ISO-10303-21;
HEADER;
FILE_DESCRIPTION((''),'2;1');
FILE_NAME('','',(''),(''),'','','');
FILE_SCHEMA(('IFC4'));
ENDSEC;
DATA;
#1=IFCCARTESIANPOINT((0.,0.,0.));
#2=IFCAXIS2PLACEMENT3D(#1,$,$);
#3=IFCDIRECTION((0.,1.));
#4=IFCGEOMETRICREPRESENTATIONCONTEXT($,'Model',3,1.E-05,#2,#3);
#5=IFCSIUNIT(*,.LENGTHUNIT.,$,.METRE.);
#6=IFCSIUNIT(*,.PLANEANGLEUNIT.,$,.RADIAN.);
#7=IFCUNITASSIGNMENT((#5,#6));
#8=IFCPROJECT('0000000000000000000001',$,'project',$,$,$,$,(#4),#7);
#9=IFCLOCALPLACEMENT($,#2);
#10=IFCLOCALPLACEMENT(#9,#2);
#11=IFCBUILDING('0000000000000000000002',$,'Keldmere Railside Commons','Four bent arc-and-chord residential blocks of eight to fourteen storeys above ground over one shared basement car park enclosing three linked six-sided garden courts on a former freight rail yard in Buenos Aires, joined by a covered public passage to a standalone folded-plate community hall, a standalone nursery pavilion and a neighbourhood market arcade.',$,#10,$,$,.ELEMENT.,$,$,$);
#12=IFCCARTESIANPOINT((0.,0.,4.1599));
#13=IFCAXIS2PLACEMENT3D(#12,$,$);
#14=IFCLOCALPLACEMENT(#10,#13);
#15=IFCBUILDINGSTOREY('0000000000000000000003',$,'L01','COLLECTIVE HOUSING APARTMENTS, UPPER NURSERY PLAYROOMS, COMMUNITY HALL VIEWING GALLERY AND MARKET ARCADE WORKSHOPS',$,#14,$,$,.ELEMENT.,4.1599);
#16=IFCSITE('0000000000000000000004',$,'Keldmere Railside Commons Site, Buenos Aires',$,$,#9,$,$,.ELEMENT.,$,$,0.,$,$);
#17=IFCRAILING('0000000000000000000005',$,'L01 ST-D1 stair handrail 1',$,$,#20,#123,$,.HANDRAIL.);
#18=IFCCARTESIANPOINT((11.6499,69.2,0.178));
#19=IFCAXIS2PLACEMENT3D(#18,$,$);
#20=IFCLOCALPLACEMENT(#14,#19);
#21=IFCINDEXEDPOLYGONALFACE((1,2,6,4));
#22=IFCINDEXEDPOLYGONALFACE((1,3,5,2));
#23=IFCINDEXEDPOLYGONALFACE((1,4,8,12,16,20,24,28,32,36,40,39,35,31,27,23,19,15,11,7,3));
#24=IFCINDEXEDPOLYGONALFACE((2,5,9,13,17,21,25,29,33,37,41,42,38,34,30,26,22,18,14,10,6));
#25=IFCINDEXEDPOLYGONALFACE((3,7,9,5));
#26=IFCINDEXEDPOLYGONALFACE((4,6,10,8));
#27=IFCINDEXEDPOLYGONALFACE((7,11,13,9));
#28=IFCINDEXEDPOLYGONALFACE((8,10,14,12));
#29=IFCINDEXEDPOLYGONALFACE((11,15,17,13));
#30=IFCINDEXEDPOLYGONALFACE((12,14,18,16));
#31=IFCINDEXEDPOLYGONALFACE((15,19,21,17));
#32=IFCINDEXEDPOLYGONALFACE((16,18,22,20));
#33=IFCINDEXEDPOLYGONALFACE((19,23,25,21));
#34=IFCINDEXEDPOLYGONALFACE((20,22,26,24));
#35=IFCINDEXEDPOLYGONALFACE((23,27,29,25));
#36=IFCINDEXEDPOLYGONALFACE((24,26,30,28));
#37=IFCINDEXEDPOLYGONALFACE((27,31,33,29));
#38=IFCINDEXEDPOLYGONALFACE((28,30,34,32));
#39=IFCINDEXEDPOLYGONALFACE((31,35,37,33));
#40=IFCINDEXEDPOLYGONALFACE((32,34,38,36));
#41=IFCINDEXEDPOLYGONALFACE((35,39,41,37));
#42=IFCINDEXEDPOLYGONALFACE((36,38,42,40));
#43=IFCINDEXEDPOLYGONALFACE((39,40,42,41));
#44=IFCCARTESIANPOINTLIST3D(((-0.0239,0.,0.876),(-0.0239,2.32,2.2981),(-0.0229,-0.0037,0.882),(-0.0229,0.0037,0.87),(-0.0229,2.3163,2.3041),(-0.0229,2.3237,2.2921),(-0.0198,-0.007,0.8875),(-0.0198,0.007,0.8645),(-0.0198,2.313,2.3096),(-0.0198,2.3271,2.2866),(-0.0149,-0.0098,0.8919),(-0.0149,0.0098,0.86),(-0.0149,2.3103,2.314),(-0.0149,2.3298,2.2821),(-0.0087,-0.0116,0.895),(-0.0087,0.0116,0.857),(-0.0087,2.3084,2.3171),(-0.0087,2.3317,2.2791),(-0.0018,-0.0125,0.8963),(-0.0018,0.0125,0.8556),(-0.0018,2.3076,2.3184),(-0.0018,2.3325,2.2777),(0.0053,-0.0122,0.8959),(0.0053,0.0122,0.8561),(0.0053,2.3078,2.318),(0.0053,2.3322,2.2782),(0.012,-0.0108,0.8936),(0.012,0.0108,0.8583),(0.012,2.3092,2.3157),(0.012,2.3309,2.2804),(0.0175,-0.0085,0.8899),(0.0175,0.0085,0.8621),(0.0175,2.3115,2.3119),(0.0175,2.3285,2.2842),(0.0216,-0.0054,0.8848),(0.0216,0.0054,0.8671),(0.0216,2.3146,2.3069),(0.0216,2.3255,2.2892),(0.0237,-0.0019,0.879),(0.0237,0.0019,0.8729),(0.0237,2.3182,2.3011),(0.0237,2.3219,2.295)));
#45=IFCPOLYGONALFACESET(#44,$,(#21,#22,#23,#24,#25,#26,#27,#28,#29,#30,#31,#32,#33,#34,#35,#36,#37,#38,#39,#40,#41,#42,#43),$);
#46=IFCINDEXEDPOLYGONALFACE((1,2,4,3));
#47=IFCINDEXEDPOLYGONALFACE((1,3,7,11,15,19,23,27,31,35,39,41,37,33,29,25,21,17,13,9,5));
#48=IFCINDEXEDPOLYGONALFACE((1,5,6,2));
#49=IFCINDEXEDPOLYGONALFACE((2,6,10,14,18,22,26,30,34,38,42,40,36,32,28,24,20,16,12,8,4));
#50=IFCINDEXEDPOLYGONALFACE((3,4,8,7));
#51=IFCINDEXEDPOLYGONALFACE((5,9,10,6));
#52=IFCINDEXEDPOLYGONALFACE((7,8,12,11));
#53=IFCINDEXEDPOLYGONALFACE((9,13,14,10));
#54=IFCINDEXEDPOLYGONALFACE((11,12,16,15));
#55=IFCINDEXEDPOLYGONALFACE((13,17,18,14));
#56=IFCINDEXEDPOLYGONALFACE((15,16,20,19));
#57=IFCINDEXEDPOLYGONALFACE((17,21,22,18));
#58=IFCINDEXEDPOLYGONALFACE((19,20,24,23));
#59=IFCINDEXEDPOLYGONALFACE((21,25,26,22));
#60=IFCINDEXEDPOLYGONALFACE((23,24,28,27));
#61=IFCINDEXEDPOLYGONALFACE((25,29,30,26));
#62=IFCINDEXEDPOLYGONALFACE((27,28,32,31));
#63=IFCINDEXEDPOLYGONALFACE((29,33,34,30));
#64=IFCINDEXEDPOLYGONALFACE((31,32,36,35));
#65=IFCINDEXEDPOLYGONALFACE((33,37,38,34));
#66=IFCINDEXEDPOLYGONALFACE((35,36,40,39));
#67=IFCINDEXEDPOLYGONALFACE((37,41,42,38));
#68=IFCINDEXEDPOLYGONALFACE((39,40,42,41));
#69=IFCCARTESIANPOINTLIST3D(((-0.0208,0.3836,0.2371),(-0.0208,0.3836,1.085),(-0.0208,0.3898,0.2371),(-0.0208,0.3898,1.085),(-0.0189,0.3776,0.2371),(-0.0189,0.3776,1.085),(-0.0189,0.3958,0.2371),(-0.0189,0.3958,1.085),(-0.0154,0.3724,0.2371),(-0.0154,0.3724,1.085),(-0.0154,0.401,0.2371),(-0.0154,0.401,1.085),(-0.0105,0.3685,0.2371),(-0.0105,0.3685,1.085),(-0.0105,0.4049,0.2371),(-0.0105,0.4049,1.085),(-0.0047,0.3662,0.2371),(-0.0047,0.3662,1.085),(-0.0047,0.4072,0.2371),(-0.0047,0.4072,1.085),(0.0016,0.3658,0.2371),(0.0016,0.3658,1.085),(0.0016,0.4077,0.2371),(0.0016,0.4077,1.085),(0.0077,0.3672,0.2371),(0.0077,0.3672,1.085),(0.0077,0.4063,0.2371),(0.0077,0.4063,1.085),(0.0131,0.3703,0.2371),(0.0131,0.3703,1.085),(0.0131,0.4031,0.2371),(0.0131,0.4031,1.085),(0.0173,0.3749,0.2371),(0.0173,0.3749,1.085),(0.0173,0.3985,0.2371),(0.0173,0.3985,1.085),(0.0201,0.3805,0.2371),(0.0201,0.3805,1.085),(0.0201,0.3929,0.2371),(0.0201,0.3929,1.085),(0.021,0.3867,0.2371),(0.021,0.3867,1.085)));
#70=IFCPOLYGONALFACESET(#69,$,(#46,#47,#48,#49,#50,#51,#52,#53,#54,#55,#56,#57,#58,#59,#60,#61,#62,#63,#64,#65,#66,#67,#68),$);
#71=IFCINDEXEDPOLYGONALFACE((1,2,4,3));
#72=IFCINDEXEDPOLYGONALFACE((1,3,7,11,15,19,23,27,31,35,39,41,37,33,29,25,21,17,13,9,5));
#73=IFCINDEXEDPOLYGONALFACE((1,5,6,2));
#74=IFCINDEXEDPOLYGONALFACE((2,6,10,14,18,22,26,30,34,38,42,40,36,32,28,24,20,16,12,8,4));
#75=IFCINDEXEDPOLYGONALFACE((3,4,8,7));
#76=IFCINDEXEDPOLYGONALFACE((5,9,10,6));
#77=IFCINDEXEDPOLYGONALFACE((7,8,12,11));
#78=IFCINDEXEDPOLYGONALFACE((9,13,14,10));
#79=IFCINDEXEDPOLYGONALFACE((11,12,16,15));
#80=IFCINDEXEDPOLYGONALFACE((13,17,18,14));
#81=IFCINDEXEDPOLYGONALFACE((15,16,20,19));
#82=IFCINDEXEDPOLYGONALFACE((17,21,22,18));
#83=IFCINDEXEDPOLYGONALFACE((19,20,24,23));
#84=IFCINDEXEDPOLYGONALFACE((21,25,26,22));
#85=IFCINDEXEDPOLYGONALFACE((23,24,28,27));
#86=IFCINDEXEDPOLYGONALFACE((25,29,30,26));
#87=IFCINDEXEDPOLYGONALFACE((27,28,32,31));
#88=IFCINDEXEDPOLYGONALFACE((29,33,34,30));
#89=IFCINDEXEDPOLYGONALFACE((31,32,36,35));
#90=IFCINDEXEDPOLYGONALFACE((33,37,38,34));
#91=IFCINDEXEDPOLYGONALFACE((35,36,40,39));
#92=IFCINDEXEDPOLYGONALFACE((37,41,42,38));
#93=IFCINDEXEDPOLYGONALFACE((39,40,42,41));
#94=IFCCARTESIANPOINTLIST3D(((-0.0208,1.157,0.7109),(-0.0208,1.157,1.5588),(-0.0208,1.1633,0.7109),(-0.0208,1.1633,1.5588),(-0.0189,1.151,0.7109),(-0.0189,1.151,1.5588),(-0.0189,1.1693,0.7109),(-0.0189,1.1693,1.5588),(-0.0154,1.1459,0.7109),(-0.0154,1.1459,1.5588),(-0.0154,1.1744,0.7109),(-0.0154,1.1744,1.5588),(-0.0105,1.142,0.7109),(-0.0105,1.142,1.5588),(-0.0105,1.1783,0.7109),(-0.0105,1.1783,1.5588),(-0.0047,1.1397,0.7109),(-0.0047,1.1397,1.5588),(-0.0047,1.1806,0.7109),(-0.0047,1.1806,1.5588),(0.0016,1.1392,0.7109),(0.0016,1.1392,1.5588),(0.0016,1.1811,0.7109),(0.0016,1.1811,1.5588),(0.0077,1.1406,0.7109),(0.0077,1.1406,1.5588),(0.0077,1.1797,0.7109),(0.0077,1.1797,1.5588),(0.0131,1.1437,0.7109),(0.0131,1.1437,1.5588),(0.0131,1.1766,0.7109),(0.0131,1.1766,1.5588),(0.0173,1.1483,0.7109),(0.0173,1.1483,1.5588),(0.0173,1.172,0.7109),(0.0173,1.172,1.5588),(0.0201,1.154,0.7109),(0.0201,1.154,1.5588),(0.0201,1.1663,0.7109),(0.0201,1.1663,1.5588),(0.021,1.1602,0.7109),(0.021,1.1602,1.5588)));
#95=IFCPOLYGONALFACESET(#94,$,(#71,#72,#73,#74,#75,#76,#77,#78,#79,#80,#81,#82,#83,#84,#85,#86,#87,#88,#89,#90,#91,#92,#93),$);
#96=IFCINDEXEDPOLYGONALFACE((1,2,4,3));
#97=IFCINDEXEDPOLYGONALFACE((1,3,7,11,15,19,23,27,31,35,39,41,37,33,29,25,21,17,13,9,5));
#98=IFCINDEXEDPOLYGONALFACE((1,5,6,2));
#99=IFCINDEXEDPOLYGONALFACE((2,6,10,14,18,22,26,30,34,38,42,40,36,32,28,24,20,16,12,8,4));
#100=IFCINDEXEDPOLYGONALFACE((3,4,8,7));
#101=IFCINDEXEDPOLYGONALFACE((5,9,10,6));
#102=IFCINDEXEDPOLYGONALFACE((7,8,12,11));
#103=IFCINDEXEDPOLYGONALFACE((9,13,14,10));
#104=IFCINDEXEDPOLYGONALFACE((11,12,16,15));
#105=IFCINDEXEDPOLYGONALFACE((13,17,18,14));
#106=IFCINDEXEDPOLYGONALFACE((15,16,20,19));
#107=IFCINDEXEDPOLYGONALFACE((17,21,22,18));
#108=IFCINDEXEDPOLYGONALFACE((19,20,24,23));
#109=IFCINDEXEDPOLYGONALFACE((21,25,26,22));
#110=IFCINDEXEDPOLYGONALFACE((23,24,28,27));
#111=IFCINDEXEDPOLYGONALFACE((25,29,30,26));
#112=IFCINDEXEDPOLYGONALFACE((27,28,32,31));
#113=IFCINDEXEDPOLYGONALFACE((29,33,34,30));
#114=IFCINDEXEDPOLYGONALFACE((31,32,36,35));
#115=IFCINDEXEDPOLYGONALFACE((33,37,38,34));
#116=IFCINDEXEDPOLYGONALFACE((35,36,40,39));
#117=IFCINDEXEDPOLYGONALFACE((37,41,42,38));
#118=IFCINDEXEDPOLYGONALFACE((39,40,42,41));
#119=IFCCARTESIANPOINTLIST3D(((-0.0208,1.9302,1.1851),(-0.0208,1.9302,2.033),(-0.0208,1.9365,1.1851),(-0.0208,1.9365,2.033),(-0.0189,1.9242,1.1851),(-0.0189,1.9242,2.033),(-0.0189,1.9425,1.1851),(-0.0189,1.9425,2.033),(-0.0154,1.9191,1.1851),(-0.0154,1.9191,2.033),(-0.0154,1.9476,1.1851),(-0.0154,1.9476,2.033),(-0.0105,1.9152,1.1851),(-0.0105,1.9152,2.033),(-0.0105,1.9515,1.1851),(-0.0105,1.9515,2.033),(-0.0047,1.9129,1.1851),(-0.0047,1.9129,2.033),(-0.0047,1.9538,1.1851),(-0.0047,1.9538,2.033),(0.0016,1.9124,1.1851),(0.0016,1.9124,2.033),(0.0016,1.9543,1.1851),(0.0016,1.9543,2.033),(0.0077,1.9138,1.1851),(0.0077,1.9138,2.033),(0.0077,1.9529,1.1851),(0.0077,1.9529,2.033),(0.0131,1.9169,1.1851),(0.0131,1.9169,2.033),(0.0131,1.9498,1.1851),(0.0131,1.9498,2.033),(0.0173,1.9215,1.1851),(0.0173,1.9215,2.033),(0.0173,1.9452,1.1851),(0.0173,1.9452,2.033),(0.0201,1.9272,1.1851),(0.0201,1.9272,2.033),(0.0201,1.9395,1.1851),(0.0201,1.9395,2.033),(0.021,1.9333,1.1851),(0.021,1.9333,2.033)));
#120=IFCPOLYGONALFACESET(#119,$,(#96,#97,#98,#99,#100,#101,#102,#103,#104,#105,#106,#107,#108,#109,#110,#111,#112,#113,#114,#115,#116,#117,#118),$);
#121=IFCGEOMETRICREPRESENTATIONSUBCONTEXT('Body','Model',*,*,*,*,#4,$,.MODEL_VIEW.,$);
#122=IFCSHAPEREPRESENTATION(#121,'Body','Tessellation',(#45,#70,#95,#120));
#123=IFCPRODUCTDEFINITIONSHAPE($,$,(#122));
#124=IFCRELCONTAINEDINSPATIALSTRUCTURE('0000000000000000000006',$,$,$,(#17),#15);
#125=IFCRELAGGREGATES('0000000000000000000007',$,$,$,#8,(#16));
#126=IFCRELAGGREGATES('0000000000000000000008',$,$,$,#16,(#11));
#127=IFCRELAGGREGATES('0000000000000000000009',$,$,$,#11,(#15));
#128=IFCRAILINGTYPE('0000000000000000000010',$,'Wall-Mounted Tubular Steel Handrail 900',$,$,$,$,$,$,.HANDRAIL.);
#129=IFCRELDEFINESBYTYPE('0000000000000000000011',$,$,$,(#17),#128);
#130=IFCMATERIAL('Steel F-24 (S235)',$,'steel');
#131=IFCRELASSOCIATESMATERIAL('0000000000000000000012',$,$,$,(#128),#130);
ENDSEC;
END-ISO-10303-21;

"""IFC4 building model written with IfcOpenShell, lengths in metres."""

from ifc_helpers import new_model, si_unit, direction, frame, origin, origin_2d, place, context, subcontext, project, spatial, circle, extrude, material, type_object, element, save


model = new_model("IFC4")

# Units and contexts
model_context = context("Model", 3, precision=1e-05, world=origin(), true_north=direction((0.0, 1.0)))
body_context = subcontext(model_context, "Body", "Model", "MODEL_VIEW")
ifc_project = project(units=[si_unit("LENGTHUNIT", "METRE"), si_unit("PLANEANGLEUNIT", "RADIAN")], contexts=[model_context])

# Site, building, storey
site_placement = place(None, origin())
site = spatial("IfcSite", under=ifc_project, at=site_placement, Name="Keldmere Railside Commons Site, Buenos Aires", CompositionType="ELEMENT", RefElevation=0.0)
building_placement = place(site_placement, origin())
building = spatial("IfcBuilding", under=site, at=building_placement, Name="Keldmere Railside Commons", Description="Four bent arc-and-chord residential blocks of eight to fourteen storeys above ground over one shared basement car park enclosing three linked six-sided garden courts on a former freight rail yard in Buenos Aires, joined by a covered public passage to a standalone folded-plate community hall, a standalone nursery pavilion and a neighbourhood market arcade.", CompositionType="ELEMENT")
storey_placement = place(building_placement, frame((0.0, 0.0, 4.1599)))
storey = spatial("IfcBuildingStorey", under=building, at=storey_placement, Name="L01", Description="COLLECTIVE HOUSING APARTMENTS, UPPER NURSERY PLAYROOMS, COMMUNITY HALL VIEWING GALLERY AND MARKET ARCADE WORKSHOPS", CompositionType="ELEMENT", Elevation=4.1599)

# Shared definitions
ifc_material_1 = material(Name="Steel F-24 (S235)", Category="steel")

# Railing
railing_type_1 = type_object("IfcRailingType", Name="Wall-Mounted Tubular Steel Handrail 900", PredefinedType="HANDRAIL", material=ifc_material_1)
railing_1_placement = place(storey_placement, frame((11.6499, 69.2, 0.178)))
element("IfcRailing", 1, at=railing_1_placement, inside=storey, type_object=railing_type_1, Name="L01 ST-D1 stair handrail 1", PredefinedType="HANDRAIL", context=body_context, shape_type="SweptSolid", body=[
    extrude(circle(Radius=0.0239, at=origin_2d()), frame((0.0, 0.0, 0.876), z_axis=(0.0, 0.852578, 0.5226), x_axis=(-1.0, 0.0, 0.0)), (0.0, 0.0, 1.0), 2.7212),
    extrude(circle(Radius=0.021, at=origin_2d()), frame((0.0, 0.3867, 0.2371)), (0.0, 0.0, 1.0), 0.8479),
    extrude(circle(Radius=0.021, at=origin_2d()), frame((0.0, 1.1602, 0.7109)), (0.0, 0.0, 1.0), 0.8479),
    extrude(circle(Radius=0.021, at=origin_2d()), frame((0.0, 1.9333, 1.1851)), (0.0, 0.0, 1.0), 0.8479),
])

save(model, "model.ifc")
